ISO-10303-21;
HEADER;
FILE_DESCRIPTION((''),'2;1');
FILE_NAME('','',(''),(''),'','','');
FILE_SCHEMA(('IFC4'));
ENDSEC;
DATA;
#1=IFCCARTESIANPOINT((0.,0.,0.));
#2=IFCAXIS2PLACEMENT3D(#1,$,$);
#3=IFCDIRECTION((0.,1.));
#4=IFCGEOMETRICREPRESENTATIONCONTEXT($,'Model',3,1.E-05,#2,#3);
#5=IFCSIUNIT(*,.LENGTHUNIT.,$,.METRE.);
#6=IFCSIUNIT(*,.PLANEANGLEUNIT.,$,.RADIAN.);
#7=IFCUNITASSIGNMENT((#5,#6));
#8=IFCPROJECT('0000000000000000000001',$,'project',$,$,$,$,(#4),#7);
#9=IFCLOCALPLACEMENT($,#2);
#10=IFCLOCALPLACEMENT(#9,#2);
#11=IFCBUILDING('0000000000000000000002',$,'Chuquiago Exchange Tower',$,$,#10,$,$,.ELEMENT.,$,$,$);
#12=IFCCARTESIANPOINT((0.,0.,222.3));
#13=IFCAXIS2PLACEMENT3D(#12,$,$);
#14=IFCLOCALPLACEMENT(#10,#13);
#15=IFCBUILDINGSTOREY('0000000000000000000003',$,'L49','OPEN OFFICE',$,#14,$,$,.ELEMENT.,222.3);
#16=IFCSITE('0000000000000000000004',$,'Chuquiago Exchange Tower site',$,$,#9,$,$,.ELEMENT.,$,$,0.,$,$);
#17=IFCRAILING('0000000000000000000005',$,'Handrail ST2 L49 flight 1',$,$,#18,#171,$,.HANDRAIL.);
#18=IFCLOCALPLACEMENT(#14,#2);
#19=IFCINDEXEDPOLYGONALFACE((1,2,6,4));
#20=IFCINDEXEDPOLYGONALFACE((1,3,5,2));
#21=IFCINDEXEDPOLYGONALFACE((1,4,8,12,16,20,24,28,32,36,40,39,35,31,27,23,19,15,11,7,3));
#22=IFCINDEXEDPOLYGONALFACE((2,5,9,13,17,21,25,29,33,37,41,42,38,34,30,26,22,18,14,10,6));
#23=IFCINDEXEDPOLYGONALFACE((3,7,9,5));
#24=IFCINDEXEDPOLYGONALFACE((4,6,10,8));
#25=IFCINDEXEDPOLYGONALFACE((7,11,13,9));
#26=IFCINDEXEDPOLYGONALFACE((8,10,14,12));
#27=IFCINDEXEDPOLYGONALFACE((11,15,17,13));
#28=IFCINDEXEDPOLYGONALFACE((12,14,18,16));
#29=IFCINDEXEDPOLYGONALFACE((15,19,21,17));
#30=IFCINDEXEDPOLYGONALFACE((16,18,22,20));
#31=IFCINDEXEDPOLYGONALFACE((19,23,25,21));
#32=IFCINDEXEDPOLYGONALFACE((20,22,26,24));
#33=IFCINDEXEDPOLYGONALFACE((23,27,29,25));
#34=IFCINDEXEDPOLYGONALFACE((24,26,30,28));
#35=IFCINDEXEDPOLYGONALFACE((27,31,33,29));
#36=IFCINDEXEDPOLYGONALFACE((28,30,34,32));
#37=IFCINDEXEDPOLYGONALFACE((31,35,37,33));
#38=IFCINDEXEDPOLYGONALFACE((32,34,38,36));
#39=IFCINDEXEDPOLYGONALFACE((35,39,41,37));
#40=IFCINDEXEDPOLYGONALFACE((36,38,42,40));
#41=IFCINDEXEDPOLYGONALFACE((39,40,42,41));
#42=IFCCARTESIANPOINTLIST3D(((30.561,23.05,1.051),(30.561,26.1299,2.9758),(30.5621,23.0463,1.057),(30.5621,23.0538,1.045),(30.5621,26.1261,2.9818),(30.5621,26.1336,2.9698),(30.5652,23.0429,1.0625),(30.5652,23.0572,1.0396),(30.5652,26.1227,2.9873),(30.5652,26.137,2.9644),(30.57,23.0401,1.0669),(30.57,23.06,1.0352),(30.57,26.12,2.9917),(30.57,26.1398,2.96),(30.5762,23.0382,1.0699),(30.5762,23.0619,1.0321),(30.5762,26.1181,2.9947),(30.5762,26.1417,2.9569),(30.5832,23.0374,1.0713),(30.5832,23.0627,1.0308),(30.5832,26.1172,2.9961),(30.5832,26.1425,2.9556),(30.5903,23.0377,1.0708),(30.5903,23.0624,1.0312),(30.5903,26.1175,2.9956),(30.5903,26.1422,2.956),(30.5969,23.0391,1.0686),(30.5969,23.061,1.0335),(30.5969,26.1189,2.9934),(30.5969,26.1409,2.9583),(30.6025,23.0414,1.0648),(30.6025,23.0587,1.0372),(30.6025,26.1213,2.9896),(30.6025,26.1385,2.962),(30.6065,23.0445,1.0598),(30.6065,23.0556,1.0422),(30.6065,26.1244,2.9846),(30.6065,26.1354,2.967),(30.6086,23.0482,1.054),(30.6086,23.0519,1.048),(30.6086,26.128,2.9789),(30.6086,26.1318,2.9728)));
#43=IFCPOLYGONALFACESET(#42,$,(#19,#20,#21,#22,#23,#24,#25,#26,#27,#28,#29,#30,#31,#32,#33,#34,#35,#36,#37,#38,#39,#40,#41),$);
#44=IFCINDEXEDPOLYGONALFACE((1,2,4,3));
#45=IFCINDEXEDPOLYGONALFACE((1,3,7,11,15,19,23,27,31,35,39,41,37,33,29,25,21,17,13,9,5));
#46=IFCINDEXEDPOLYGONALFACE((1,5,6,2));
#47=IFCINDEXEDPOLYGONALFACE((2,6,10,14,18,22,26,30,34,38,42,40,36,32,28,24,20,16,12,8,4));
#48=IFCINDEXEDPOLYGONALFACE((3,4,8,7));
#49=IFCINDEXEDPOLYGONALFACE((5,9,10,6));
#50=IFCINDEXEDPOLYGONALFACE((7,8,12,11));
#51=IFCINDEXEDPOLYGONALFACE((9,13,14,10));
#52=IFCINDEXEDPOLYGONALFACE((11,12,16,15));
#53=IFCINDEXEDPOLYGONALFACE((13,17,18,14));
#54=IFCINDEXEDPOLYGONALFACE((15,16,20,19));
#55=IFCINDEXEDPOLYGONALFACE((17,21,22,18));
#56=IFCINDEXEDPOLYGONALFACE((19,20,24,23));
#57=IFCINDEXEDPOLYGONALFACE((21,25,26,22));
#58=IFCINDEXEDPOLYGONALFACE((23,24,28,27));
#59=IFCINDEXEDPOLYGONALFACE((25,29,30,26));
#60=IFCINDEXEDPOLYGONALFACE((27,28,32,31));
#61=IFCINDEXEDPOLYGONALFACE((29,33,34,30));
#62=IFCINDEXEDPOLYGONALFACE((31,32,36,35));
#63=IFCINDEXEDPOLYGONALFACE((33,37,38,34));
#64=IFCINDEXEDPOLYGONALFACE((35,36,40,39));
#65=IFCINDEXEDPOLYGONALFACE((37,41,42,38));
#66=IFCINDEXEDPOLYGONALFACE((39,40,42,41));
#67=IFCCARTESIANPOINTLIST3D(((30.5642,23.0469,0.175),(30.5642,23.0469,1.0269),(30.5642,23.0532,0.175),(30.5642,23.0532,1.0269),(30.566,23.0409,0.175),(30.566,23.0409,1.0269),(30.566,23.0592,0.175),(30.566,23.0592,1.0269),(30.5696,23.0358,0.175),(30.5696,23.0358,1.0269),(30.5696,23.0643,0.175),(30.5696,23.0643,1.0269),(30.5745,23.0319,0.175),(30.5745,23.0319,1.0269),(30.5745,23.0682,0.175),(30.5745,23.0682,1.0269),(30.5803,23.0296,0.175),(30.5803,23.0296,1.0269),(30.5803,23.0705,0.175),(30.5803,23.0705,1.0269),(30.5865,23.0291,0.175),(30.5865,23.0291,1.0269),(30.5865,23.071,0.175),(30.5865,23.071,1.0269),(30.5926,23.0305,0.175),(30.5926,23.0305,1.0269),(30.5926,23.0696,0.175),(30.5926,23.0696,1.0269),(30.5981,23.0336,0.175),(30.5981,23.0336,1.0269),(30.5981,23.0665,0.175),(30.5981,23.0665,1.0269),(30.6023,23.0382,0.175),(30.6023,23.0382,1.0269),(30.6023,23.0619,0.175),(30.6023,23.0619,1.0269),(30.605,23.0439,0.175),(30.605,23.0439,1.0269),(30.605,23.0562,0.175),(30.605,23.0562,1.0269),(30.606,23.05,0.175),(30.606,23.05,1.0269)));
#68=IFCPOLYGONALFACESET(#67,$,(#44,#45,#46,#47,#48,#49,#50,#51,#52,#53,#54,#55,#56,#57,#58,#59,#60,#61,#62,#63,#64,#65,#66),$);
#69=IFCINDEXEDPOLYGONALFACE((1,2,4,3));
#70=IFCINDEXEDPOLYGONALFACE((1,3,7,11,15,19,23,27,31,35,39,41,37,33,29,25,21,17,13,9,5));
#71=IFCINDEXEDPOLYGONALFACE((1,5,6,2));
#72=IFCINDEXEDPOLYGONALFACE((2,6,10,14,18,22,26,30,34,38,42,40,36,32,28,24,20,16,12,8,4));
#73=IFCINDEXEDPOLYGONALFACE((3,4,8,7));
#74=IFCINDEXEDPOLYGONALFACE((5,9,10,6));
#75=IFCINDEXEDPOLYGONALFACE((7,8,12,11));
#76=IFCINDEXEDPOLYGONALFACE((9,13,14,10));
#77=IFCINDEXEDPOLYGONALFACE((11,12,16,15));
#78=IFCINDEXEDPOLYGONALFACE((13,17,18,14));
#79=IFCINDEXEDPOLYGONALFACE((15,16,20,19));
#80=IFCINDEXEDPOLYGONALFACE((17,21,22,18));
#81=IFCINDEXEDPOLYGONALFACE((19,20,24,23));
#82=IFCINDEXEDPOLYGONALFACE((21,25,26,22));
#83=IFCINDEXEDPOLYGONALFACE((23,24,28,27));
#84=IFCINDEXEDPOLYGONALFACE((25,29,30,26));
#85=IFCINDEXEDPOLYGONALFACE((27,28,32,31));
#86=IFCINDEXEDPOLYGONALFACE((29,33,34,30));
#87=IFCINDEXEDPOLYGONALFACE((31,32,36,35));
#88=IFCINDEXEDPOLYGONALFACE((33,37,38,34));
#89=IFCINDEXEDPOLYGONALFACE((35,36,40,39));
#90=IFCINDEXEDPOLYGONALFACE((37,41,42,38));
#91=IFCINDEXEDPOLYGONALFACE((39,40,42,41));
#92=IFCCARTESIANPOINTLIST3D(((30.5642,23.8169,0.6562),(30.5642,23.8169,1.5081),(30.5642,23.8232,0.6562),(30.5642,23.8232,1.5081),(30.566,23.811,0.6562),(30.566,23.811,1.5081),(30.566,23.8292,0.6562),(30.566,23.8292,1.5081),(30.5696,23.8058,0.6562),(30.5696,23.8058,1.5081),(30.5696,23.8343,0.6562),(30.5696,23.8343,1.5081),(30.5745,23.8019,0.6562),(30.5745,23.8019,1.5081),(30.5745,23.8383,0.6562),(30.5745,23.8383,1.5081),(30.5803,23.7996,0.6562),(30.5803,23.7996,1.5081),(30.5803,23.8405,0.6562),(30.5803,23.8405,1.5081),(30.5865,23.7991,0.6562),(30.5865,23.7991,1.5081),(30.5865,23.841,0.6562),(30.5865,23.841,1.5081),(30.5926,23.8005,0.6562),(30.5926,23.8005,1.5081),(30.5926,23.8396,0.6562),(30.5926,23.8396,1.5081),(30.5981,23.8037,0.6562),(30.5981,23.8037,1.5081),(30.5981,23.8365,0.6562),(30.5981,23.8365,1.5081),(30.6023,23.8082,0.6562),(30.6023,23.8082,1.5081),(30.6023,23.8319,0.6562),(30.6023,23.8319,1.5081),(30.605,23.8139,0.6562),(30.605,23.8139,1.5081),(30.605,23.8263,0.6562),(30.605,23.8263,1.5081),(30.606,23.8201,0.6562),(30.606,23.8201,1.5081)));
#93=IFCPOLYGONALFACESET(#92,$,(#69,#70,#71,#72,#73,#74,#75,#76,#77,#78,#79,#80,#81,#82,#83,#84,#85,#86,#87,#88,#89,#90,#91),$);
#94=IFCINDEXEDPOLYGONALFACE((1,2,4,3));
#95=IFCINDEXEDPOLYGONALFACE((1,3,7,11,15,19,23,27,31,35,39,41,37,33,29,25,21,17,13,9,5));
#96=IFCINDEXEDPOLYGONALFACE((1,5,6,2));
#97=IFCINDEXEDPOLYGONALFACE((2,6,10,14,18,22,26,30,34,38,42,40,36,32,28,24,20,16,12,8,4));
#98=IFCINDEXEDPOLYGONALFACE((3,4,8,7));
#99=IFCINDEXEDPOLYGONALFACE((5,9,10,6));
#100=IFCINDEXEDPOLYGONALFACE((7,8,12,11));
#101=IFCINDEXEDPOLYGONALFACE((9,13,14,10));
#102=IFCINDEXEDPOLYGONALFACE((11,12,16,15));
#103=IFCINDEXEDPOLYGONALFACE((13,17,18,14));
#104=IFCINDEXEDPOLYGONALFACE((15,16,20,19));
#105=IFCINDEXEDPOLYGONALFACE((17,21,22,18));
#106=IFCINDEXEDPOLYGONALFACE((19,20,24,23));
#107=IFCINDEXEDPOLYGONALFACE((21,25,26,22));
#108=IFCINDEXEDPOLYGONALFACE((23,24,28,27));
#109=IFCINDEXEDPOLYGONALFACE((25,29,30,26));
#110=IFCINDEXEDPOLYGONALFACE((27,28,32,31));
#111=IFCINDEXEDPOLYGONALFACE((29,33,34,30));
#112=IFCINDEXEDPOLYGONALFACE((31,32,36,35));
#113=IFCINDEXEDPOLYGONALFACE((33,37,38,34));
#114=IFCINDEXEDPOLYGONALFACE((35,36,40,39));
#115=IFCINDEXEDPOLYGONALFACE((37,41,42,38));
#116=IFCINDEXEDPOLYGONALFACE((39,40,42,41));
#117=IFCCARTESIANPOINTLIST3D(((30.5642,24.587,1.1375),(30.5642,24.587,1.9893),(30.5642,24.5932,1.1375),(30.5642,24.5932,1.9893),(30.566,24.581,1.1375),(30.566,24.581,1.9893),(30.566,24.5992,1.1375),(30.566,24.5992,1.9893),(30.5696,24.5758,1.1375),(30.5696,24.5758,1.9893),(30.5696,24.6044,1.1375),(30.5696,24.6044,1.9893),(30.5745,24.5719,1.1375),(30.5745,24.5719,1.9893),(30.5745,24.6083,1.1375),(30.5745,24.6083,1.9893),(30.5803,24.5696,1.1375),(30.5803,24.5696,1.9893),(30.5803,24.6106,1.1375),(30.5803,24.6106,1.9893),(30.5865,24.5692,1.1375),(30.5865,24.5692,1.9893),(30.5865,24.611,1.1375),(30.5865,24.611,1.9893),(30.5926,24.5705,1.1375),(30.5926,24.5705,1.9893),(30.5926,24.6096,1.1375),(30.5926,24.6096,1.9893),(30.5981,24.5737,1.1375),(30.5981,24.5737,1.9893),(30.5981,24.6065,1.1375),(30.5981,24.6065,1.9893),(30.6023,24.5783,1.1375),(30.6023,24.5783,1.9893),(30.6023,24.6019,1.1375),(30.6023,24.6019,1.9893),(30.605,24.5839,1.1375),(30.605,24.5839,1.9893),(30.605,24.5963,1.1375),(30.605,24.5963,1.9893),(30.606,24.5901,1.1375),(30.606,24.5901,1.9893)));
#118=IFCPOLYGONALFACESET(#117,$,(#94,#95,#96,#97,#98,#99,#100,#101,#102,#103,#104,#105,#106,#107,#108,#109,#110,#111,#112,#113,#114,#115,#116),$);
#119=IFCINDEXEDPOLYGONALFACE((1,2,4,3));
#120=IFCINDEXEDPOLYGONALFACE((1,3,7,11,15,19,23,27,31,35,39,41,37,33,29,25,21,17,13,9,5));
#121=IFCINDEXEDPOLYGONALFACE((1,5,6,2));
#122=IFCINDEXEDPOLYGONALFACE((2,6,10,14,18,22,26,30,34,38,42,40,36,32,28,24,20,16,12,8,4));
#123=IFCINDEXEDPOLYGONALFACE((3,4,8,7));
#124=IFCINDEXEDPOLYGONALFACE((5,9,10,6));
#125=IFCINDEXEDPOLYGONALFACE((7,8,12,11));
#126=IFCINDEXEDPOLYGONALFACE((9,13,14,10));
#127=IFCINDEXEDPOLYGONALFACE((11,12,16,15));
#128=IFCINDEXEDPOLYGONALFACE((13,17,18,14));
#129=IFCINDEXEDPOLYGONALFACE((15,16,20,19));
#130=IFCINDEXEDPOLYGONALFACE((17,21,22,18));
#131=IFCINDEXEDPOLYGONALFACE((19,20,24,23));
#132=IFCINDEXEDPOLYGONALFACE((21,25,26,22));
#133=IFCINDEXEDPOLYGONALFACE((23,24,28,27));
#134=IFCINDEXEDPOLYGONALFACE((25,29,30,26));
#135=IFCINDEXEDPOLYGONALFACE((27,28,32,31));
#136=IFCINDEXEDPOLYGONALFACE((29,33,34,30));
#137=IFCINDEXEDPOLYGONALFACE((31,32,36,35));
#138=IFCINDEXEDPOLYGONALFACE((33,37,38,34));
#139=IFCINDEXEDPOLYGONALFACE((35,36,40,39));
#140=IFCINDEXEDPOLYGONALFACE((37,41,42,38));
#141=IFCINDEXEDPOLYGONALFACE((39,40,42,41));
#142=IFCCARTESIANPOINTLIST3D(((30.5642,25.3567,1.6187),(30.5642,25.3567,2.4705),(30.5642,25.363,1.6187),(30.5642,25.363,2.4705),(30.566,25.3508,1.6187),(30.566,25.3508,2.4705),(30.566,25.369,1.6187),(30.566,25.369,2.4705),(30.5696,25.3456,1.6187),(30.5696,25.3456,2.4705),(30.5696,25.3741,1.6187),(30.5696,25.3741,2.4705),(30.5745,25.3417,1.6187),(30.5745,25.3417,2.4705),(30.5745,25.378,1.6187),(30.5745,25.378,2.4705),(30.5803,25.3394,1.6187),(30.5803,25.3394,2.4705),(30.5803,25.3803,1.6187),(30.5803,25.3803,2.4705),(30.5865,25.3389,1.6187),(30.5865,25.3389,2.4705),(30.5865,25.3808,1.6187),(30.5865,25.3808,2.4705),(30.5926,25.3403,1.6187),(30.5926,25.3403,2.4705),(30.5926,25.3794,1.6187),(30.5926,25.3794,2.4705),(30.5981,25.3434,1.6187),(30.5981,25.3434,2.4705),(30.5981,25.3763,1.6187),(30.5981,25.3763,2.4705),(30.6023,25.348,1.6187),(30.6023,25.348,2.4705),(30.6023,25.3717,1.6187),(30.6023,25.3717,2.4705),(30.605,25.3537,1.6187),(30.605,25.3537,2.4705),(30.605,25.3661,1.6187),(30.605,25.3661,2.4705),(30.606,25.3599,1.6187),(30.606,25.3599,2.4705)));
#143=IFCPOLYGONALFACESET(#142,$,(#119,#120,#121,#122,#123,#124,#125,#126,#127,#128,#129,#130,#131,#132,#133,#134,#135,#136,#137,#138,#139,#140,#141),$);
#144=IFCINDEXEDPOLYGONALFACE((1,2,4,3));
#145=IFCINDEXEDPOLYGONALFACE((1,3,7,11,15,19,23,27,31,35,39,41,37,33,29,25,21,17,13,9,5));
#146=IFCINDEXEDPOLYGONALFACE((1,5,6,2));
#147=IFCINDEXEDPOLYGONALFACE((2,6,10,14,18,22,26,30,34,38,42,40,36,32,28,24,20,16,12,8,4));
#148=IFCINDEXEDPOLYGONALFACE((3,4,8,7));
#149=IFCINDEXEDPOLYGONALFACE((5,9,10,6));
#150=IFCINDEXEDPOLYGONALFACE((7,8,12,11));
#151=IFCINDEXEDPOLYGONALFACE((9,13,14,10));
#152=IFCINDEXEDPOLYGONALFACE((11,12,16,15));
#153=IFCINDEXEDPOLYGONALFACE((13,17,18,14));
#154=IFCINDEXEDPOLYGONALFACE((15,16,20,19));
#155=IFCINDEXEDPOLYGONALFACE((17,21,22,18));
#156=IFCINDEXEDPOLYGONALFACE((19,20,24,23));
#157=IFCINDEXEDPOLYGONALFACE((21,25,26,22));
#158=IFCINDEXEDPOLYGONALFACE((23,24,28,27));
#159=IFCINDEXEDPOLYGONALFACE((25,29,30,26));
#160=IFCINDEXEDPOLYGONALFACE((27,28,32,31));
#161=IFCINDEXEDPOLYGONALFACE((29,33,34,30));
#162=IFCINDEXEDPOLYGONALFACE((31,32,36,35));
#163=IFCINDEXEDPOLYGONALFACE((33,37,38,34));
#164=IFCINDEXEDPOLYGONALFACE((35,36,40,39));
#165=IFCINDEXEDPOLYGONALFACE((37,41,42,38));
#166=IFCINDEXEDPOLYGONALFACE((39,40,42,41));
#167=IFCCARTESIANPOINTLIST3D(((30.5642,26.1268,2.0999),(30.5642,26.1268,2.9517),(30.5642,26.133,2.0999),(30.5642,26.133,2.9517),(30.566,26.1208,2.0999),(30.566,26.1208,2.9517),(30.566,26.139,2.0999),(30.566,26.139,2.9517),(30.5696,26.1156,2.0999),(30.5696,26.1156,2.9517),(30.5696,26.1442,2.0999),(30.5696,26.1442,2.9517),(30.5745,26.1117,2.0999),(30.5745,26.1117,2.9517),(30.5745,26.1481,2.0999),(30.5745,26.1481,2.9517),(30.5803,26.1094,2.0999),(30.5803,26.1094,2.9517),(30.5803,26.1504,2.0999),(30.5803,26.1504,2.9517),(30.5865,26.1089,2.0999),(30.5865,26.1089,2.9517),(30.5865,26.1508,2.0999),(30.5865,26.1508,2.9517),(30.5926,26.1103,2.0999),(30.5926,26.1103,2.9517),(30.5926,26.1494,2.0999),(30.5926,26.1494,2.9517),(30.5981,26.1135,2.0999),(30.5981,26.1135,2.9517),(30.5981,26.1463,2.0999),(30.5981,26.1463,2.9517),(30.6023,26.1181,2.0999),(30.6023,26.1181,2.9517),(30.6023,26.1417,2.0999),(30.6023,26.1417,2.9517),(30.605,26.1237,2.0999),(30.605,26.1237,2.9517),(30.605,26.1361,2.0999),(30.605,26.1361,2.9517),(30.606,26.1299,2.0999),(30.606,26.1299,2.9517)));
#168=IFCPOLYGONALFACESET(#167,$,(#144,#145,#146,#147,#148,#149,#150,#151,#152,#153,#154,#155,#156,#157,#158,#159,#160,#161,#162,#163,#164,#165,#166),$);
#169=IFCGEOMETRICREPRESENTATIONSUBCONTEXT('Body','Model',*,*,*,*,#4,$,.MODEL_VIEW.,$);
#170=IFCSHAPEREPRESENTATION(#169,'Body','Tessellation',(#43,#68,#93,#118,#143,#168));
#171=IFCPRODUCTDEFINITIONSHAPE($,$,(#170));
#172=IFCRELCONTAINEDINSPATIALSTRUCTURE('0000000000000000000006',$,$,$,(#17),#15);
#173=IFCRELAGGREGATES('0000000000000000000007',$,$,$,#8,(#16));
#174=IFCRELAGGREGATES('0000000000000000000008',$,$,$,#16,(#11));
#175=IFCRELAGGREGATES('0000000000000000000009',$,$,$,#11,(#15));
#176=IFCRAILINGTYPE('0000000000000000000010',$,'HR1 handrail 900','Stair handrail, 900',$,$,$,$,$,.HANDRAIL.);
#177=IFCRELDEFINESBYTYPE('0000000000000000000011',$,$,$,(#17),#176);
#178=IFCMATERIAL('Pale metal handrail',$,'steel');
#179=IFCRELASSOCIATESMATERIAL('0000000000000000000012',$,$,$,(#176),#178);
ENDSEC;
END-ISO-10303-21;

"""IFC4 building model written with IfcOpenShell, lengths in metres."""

from ifc_helpers import new_model, si_unit, direction, frame, origin, origin_2d, place, context, subcontext, project, spatial, circle, extrude, material, type_object, element, save


model = new_model("IFC4")

# Units and contexts
model_context = context("Model", 3, precision=1e-05, world=origin(), true_north=direction((0.0, 1.0)))
body_context = subcontext(model_context, "Body", "Model", "MODEL_VIEW")
ifc_project = project(units=[si_unit("LENGTHUNIT", "METRE"), si_unit("PLANEANGLEUNIT", "RADIAN")], contexts=[model_context])

# Site, building, storey
site_placement = place(None, origin())
site = spatial("IfcSite", under=ifc_project, at=site_placement, Name="Chuquiago Exchange Tower site", CompositionType="ELEMENT", RefElevation=0.0)
building_placement = place(site_placement, origin())
building = spatial("IfcBuilding", under=site, at=building_placement, Name="Chuquiago Exchange Tower", CompositionType="ELEMENT")
storey_placement = place(building_placement, frame((0.0, 0.0, 222.3)))
storey = spatial("IfcBuildingStorey", under=building, at=storey_placement, Name="L49", Description="OPEN OFFICE", CompositionType="ELEMENT", Elevation=222.3)

# Railing
ifc_material_1 = material(Name="Pale metal handrail", Category="steel")
railing_type_1 = type_object("IfcRailingType", Name="HR1 handrail 900", Description="Stair handrail, 900", PredefinedType="HANDRAIL", material=ifc_material_1)
for number, where, name in (
    (1, (30.585, 23.05, 0.175), "Handrail ST2 L49 flight 1"),
):
    element("IfcRailing", number, at=place(storey_placement, frame(where)), inside=storey, type_object=railing_type_1, Name=name, PredefinedType="HANDRAIL", context=body_context, shape_type="SweptSolid", body=[
        extrude(circle(Radius=0.0239, at=origin_2d()), frame((0.0, 0.0, 0.876), z_axis=(0.0, 0.84801, 0.529981), x_axis=(-1.0, 0.0, 0.0)), (0.0, 0.0, 1.0), 3.6318),
        extrude(circle(Radius=0.021, at=origin_2d()), origin(), (0.0, 0.0, 1.0), 0.8518),
        extrude(circle(Radius=0.021, at=origin_2d()), frame((0.0, 0.77, 0.4812)), (0.0, 0.0, 1.0), 0.8518),
        extrude(circle(Radius=0.021, at=origin_2d()), frame((0.0, 1.54, 0.9624)), (0.0, 0.0, 1.0), 0.8518),
        extrude(circle(Radius=0.021, at=origin_2d()), frame((0.0, 2.3098, 1.4436)), (0.0, 0.0, 1.0), 0.8518),
        extrude(circle(Radius=0.021, at=origin_2d()), frame((0.0, 3.0798, 1.9248)), (0.0, 0.0, 1.0), 0.8518),
    ])

save(model, "model.ifc")
